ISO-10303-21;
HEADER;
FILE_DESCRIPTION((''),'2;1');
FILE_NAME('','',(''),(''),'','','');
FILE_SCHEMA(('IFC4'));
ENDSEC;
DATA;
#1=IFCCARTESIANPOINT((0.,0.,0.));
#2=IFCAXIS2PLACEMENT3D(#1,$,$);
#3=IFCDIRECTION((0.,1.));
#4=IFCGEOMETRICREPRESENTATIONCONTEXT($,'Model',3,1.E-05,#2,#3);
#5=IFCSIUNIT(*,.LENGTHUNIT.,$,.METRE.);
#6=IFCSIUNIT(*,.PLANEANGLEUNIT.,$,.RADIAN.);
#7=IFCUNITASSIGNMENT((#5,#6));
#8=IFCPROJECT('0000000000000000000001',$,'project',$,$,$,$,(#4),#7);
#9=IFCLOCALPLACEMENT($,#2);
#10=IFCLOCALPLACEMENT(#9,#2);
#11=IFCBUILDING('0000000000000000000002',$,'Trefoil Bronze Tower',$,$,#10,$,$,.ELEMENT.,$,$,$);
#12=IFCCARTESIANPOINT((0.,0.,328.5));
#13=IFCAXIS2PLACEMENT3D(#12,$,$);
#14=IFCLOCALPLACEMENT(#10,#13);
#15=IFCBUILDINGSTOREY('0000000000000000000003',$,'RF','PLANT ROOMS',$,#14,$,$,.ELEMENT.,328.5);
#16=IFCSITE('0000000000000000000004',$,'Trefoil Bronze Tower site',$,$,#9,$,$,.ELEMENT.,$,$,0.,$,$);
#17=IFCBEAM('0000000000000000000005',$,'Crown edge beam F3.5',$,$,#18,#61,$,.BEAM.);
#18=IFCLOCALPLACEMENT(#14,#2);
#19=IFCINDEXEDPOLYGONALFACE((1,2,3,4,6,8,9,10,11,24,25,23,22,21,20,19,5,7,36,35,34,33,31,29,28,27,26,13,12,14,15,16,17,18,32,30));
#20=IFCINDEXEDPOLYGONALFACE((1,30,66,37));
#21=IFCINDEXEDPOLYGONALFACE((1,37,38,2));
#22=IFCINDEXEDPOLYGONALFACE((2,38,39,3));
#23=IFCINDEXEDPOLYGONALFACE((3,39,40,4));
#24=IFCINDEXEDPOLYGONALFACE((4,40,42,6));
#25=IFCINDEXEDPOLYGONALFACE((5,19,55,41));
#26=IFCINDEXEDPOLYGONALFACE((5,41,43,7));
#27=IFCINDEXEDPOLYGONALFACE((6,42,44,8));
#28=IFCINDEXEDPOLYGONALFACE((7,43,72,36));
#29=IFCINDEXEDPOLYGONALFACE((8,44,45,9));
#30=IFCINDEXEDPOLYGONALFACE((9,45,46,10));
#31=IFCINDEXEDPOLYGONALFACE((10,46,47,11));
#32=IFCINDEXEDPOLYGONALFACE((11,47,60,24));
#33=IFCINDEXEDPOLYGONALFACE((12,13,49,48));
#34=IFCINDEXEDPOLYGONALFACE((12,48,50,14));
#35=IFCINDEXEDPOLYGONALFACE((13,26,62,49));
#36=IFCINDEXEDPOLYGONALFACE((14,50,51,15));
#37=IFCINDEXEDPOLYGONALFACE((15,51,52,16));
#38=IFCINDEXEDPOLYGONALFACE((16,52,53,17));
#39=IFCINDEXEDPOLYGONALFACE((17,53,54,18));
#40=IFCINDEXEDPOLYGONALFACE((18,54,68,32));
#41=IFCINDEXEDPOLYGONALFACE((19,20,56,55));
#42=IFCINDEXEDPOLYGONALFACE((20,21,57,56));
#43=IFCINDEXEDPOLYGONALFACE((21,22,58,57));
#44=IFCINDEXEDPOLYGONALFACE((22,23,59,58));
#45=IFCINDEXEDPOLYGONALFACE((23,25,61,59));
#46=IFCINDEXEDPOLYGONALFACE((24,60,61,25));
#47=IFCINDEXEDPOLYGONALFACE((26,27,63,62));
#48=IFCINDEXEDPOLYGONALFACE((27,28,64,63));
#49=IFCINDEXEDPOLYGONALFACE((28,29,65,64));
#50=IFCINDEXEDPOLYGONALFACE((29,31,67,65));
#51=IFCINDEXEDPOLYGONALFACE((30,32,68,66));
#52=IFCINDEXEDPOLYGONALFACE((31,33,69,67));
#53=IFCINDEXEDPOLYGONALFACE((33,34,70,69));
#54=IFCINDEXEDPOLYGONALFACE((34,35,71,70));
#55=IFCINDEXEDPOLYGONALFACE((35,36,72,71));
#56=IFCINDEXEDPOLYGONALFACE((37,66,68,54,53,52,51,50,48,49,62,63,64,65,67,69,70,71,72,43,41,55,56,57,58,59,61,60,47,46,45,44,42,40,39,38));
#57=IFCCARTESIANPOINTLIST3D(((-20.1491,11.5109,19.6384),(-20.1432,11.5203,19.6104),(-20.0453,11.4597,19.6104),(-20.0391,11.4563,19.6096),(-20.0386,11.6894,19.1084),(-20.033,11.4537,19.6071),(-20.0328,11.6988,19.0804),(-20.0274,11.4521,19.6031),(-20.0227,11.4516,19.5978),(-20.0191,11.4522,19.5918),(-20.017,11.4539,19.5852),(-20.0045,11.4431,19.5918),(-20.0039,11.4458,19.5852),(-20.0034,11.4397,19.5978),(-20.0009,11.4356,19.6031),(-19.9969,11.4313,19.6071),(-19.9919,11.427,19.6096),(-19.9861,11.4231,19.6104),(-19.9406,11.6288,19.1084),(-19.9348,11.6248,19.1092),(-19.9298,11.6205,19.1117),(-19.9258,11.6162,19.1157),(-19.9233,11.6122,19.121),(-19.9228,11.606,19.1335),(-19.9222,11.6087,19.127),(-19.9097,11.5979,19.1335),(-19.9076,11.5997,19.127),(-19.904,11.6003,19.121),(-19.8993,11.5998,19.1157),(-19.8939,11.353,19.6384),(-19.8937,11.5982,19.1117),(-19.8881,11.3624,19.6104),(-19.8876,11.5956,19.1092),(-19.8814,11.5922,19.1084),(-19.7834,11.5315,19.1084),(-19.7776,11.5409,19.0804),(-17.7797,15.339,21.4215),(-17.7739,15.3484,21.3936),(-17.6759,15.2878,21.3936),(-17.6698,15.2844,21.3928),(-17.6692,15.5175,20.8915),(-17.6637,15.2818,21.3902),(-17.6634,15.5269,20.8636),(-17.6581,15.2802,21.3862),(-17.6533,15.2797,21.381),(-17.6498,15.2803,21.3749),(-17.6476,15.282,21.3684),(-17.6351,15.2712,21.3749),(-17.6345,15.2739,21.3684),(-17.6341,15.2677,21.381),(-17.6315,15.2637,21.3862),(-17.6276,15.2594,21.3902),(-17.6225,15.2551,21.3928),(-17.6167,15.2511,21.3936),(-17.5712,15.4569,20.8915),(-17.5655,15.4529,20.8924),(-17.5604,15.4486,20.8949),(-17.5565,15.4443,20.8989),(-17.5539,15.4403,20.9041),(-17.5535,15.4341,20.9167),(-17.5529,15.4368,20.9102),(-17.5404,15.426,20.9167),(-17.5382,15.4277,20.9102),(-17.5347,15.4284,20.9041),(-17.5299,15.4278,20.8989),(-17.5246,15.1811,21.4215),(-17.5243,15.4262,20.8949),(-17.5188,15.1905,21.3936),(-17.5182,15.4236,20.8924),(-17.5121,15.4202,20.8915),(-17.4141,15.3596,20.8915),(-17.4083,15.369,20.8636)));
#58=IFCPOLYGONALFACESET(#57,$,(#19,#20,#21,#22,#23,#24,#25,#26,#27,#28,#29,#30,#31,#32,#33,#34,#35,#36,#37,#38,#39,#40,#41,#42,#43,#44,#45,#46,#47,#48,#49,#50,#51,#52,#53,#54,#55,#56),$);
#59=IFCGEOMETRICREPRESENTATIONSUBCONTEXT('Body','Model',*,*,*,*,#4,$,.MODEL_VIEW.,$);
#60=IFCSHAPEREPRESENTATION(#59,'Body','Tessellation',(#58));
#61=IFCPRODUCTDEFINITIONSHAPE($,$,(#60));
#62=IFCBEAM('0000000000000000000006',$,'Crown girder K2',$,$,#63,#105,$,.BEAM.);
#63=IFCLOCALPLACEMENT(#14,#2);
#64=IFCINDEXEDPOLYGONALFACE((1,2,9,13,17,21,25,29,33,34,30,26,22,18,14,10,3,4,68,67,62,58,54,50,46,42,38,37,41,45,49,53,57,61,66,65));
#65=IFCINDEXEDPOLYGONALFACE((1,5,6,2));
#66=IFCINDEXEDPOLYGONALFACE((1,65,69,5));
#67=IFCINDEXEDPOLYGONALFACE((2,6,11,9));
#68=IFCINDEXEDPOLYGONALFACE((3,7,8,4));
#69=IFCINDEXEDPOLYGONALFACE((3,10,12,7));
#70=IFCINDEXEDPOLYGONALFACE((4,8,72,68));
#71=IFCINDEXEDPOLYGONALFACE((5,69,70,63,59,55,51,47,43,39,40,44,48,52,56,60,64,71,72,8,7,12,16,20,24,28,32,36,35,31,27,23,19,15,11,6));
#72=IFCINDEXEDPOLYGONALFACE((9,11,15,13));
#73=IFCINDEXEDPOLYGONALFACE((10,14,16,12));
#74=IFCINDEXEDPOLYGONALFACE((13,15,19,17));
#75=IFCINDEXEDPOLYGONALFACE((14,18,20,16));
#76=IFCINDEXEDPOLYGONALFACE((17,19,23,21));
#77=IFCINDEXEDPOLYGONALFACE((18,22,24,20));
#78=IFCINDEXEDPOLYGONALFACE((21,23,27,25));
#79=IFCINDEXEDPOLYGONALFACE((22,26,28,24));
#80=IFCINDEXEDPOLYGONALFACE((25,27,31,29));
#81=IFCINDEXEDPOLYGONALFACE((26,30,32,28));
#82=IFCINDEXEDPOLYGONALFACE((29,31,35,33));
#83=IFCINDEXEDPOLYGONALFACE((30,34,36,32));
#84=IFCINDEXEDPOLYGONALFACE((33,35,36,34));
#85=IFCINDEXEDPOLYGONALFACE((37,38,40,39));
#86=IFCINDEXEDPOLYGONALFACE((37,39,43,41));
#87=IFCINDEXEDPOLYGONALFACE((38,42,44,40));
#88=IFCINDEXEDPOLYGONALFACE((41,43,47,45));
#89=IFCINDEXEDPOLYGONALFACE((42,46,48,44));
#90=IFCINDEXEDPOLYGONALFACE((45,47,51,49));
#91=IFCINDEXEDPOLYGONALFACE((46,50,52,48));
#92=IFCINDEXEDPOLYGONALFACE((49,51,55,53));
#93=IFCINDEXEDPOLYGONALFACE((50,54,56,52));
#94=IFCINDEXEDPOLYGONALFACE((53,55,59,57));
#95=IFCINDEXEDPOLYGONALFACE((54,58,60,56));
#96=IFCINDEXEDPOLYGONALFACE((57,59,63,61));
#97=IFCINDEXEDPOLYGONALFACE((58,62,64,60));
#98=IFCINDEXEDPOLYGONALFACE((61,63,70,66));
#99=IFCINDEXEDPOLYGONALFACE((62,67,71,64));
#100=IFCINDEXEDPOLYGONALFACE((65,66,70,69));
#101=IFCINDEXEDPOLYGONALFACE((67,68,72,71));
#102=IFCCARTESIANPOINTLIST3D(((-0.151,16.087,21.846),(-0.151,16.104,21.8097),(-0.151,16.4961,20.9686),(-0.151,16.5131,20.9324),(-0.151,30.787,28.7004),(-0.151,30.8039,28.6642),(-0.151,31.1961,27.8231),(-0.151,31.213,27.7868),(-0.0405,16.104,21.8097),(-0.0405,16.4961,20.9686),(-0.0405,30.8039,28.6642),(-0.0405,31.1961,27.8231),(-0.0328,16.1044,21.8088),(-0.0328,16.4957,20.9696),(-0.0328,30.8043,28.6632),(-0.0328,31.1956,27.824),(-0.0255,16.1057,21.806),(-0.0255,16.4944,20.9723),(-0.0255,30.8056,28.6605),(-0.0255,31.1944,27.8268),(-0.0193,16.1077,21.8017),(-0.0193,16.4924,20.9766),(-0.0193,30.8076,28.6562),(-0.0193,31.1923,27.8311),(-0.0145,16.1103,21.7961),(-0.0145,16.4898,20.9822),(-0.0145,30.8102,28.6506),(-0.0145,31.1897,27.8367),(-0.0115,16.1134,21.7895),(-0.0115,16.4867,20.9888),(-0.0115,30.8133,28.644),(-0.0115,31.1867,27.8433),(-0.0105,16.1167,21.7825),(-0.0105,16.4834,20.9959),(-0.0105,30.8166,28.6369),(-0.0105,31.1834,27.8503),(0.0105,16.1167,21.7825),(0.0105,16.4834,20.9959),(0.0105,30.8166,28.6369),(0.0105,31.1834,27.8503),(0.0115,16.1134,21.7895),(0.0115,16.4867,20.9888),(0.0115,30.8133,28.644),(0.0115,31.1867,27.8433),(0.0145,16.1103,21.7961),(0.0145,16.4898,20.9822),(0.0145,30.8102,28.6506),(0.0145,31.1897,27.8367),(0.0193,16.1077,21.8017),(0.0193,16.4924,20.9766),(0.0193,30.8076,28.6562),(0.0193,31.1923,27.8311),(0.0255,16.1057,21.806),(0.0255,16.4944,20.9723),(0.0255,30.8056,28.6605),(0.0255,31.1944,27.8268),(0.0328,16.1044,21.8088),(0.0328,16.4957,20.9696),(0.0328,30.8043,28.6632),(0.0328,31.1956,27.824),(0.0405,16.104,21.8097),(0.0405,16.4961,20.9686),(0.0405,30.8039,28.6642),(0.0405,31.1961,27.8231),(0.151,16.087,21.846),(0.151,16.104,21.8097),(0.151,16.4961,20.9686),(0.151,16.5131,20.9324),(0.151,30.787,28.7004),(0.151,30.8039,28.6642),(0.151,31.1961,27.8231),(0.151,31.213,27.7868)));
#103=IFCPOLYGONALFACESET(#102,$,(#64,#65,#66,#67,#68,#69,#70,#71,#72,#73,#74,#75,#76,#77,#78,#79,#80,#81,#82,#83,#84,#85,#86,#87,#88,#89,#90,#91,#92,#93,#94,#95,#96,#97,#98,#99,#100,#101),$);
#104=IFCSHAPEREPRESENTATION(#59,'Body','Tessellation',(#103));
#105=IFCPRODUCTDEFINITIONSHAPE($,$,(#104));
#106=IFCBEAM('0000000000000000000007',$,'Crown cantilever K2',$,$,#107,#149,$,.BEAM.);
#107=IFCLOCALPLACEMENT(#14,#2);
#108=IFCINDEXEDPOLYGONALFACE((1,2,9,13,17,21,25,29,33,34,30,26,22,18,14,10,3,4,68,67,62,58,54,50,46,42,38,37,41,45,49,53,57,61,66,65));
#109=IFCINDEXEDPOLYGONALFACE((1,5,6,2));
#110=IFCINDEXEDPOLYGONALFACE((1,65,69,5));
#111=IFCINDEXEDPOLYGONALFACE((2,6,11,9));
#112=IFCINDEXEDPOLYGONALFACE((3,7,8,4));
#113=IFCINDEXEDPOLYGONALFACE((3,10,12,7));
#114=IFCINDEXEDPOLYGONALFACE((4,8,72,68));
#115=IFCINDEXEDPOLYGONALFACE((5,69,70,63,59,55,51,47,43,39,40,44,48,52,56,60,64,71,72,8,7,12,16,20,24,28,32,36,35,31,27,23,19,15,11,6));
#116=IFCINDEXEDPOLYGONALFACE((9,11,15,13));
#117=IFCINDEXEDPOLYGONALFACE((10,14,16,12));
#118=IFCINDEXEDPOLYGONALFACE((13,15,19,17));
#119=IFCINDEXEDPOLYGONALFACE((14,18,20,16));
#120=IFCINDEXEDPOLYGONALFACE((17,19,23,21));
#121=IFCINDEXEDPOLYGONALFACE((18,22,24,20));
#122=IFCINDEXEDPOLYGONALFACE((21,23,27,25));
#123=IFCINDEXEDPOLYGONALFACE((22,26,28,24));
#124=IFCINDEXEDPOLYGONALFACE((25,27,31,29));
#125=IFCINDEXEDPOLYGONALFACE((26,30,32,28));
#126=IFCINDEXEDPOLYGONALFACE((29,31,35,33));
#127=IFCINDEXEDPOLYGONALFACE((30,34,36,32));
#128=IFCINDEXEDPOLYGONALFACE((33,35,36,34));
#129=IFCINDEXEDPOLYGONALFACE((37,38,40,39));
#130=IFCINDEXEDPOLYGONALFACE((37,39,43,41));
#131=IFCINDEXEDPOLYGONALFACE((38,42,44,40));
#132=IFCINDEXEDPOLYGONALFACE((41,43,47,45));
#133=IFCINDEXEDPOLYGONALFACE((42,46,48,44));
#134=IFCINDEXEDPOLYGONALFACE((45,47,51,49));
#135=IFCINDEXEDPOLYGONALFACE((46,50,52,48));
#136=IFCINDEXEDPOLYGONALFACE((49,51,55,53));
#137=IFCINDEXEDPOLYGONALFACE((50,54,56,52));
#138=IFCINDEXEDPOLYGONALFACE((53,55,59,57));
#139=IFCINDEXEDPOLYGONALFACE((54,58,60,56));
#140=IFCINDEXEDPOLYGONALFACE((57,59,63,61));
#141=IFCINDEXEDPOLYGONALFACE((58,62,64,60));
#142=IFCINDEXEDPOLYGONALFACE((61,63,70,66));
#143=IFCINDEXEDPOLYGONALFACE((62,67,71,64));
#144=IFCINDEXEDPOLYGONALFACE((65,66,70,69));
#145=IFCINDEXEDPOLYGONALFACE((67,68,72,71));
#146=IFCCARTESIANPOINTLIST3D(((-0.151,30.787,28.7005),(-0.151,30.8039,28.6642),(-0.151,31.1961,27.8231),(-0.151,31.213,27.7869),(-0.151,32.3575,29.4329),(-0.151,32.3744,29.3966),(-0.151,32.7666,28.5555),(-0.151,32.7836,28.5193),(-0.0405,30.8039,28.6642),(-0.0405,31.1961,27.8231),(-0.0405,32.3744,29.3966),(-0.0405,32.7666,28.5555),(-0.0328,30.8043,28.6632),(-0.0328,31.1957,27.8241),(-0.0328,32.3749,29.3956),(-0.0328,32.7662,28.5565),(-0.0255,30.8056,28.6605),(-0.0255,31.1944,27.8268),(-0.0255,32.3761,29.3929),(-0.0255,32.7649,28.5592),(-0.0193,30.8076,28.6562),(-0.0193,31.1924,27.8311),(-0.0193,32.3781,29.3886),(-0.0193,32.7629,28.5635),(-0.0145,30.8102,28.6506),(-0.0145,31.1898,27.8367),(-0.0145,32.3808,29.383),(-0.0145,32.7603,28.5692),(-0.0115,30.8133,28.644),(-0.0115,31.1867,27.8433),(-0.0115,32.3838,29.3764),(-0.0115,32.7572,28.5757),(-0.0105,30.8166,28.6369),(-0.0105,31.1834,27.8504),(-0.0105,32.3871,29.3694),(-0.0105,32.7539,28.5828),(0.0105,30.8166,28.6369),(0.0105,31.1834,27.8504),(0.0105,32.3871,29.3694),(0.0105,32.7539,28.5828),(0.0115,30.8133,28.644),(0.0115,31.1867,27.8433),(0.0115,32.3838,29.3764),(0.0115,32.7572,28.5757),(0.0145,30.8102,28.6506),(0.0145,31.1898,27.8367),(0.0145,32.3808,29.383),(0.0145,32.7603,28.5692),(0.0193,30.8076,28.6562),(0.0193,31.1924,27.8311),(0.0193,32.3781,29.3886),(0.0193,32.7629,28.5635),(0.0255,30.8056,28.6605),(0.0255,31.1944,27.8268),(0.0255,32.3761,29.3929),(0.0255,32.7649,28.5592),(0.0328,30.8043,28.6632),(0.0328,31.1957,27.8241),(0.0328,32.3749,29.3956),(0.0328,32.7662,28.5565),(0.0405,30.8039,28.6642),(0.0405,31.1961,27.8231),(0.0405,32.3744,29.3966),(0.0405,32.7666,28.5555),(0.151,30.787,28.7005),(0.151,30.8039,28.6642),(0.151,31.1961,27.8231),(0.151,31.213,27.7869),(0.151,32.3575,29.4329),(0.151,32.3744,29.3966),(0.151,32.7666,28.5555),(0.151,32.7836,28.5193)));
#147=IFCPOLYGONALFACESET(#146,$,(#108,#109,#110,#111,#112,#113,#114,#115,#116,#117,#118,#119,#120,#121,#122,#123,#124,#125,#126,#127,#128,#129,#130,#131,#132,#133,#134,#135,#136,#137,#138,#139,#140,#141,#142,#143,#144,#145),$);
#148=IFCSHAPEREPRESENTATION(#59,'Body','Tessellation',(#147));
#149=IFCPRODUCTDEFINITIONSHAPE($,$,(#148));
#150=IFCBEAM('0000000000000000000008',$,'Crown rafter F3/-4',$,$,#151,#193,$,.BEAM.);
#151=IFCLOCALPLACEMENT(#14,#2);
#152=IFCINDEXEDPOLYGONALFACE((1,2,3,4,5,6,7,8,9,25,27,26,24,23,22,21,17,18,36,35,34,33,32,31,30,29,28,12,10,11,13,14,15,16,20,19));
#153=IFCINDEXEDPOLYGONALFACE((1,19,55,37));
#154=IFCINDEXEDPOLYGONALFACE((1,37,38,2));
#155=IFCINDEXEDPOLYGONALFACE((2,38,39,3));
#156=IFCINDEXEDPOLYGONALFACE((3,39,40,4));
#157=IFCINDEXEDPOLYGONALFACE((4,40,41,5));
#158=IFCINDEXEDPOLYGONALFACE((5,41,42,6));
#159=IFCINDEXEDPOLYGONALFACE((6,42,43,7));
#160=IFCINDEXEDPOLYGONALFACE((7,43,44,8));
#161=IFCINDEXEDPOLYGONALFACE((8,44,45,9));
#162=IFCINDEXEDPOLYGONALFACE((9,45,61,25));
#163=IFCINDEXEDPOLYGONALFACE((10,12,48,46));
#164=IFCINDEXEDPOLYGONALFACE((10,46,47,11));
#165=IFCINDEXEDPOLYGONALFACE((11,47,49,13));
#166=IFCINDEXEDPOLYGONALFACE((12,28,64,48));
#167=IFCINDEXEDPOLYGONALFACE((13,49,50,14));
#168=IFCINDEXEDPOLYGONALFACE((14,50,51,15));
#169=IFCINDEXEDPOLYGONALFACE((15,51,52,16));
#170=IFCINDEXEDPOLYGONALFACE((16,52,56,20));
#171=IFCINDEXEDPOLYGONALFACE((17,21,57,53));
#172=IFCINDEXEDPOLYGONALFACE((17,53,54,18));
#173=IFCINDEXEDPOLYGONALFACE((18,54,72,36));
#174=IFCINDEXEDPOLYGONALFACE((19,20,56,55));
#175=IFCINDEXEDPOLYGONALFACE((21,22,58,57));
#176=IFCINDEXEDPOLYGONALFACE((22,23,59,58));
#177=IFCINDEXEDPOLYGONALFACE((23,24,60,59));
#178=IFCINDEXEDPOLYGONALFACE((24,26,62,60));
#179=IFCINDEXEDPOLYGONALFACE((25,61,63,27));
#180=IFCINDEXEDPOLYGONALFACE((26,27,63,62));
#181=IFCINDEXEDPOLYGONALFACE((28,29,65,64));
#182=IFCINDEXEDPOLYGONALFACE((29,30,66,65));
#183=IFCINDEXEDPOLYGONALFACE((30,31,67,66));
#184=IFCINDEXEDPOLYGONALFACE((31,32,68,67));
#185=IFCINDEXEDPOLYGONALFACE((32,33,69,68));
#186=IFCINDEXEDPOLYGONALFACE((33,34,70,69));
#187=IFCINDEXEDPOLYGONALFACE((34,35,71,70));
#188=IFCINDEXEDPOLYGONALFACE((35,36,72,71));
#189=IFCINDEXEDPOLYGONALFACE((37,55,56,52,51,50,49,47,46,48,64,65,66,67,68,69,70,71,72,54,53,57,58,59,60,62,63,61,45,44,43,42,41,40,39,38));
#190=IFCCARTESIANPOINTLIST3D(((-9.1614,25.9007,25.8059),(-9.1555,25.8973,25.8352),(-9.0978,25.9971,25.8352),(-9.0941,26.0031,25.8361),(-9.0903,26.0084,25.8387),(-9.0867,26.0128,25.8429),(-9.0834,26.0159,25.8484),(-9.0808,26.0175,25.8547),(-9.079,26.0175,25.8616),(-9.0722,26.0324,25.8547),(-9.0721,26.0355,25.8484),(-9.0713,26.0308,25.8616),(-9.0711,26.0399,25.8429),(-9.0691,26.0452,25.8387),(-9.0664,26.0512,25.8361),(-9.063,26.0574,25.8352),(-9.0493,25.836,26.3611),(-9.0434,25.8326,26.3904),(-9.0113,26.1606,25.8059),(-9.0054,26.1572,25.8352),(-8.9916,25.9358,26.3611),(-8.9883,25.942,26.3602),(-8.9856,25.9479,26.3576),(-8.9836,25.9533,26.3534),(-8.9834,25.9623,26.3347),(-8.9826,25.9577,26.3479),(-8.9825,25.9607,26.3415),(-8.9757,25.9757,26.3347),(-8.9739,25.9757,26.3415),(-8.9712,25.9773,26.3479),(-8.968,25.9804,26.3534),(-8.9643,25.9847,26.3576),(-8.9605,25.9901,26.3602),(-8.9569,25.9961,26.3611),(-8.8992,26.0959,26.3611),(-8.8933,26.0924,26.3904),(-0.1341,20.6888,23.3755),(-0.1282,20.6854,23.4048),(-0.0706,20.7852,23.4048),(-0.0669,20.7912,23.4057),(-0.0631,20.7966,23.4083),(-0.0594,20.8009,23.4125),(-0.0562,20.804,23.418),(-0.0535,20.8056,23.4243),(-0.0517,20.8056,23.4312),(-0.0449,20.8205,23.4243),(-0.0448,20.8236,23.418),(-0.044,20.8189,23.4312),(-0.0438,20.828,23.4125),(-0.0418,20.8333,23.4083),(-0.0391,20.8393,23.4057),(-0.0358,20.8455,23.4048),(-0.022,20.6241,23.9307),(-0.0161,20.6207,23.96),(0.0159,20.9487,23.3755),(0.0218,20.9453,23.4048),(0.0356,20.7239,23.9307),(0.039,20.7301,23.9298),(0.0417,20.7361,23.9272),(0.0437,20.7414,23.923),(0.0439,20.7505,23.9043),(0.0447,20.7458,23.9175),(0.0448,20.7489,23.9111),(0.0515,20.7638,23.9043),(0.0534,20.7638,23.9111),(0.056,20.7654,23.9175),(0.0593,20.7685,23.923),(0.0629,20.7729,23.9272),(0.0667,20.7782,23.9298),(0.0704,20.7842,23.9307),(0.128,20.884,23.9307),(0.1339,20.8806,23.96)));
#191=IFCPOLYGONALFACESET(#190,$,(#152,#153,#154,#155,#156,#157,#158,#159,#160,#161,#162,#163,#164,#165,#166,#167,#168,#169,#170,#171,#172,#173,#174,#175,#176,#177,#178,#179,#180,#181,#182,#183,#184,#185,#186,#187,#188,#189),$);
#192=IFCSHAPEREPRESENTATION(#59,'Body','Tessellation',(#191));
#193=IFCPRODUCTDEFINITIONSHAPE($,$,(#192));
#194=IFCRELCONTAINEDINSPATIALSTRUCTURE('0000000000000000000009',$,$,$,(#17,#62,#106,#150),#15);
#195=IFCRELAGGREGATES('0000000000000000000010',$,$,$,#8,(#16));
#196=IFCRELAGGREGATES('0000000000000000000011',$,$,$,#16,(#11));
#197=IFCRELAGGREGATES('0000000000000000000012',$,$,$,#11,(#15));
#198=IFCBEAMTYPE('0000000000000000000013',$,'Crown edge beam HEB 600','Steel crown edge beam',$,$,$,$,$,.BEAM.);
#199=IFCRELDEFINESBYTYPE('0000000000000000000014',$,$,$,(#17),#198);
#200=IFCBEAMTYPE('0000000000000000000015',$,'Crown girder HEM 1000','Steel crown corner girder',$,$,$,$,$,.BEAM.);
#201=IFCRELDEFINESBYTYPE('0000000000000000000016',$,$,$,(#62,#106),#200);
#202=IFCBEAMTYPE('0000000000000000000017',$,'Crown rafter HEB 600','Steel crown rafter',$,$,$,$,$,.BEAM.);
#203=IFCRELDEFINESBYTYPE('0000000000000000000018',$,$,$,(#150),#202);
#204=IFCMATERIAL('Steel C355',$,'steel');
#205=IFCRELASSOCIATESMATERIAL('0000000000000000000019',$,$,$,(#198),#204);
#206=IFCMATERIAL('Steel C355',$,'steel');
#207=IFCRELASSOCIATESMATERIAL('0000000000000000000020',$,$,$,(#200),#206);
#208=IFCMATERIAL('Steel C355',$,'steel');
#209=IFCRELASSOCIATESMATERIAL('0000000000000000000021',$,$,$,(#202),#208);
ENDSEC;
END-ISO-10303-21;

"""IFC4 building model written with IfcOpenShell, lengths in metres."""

from ifc_helpers import new_model, si_unit, direction, frame, origin, origin_2d, place, context, subcontext, project, spatial, i_section, extrude, material, material_profile, profile_set, type_object, element, save


model = new_model("IFC4")

# Units and contexts
model_context = context("Model", 3, precision=1e-05, world=origin(), true_north=direction((0.0, 1.0)))
body_context = subcontext(model_context, "Body", "Model", "MODEL_VIEW")
ifc_project = project(units=[si_unit("LENGTHUNIT", "METRE"), si_unit("PLANEANGLEUNIT", "RADIAN")], contexts=[model_context])

# Site, building, storey
site_placement = place(None, origin())
site = spatial("IfcSite", under=ifc_project, at=site_placement, Name="Trefoil Bronze Tower site", CompositionType="ELEMENT", RefElevation=0.0)
building_placement = place(site_placement, origin())
building = spatial("IfcBuilding", under=site, at=building_placement, Name="Trefoil Bronze Tower", CompositionType="ELEMENT")
storey_placement = place(building_placement, frame((0.0, 0.0, 328.5)))
storey = spatial("IfcBuildingStorey", under=building, at=storey_placement, Name="RF", Description="PLANT ROOMS", CompositionType="ELEMENT", Elevation=328.5)

# Beams
ifc_material_1 = material(Name="Steel C355", Category="steel")
ifc_material_profile_1 = material_profile(ifc_material_1, i_section(OverallWidth=0.3, OverallDepth=0.6001, WebThickness=0.0154, FlangeThickness=0.03, FilletRadius=0.0271, at=origin_2d()), Name="HEB 600")
ifc_profile_set_1 = profile_set([ifc_material_profile_1], Name="Steel C355")
beam_type_1 = type_object("IfcBeamType", Name="Crown edge beam HEB 600", Description="Steel crown edge beam", PredefinedType="BEAM", material=ifc_profile_set_1)
beam_1_placement = place(storey_placement, frame((-17.594, 15.354, 21.1426), z_axis=(-0.489305, -0.790551, -0.368252), x_axis=(0.850306, -0.526289, 0.0)))
element("IfcBeam", 1, at=beam_1_placement, inside=storey, type_object=beam_type_1, Name="Crown edge beam F3.5", PredefinedType="BEAM", context=body_context, shape_type="SweptSolid", body=[
    extrude(i_section(OverallWidth=0.3, OverallDepth=0.6001, WebThickness=0.0154, FlangeThickness=0.03, FilletRadius=0.0271, at=origin_2d()), origin(), (0.0, 0.0, 1.0), 4.8423),
])
ifc_material_2 = material(Name="Steel C355", Category="steel")
ifc_material_profile_2 = material_profile(ifc_material_2, i_section(OverallWidth=0.302, OverallDepth=1.0081, WebThickness=0.021, FlangeThickness=0.04, FilletRadius=0.03, at=origin_2d()), Name="HEM 1000")
ifc_profile_set_2 = profile_set([ifc_material_profile_2], Name="Steel C355")
beam_type_2 = type_object("IfcBeamType", Name="Crown girder HEM 1000", Description="Steel crown corner girder", PredefinedType="BEAM", material=ifc_profile_set_2)
beam_2_placement = place(storey_placement, frame((0.0, 16.3, 21.3892), z_axis=(0.0, 0.906313, 0.422608), x_axis=(-1.0, 0.0, 0.0)))
element("IfcBeam", 2, at=beam_2_placement, inside=storey, type_object=beam_type_2, Name="Crown girder K2", PredefinedType="BEAM", context=body_context, shape_type="SweptSolid", body=[
    extrude(i_section(OverallWidth=0.302, OverallDepth=1.0081, WebThickness=0.021, FlangeThickness=0.04, FilletRadius=0.03, at=origin_2d()), origin(), (0.0, 0.0, 1.0), 16.2195),
])
beam_3_placement = place(storey_placement, frame((0.0, 31.0, 28.2437), z_axis=(0.0, 0.906295, 0.422646), x_axis=(-1.0, 0.0, 0.0)))
element("IfcBeam", 3, at=beam_3_placement, inside=storey, type_object=beam_type_2, Name="Crown cantilever K2", PredefinedType="BEAM", context=body_context, shape_type="SweptSolid", body=[
    extrude(i_section(OverallWidth=0.302, OverallDepth=1.0081, WebThickness=0.021, FlangeThickness=0.04, FilletRadius=0.03, at=origin_2d()), origin(), (0.0, 0.0, 1.0), 1.7329),
])
ifc_material_3 = material(Name="Steel C355", Category="steel")
ifc_material_profile_3 = material_profile(ifc_material_3, i_section(OverallWidth=0.3, OverallDepth=0.6001, WebThickness=0.0154, FlangeThickness=0.03, FilletRadius=0.0271, at=origin_2d()), Name="HEB 600")
ifc_profile_set_3 = profile_set([ifc_material_profile_3], Name="Steel C355")
beam_type_3 = type_object("IfcBeamType", Name="Crown rafter HEB 600", Description="Steel crown rafter", PredefinedType="BEAM", material=ifc_profile_set_3)
beam_4_placement = place(storey_placement, frame((-9.0273, 25.9966, 26.0981), z_axis=(0.843405, -0.486938, -0.227069), x_axis=(0.499998, 0.866026, 0.0)))
element("IfcBeam", 4, at=beam_4_placement, inside=storey, type_object=beam_type_3, Name="Crown rafter F3/-4", PredefinedType="BEAM", context=body_context, shape_type="SweptSolid", body=[
    extrude(i_section(OverallWidth=0.3, OverallDepth=0.6001, WebThickness=0.0154, FlangeThickness=0.03, FilletRadius=0.0271, at=origin_2d()), origin(), (0.0, 0.0, 1.0), 10.7034),
])

save(model, "model.ifc")
